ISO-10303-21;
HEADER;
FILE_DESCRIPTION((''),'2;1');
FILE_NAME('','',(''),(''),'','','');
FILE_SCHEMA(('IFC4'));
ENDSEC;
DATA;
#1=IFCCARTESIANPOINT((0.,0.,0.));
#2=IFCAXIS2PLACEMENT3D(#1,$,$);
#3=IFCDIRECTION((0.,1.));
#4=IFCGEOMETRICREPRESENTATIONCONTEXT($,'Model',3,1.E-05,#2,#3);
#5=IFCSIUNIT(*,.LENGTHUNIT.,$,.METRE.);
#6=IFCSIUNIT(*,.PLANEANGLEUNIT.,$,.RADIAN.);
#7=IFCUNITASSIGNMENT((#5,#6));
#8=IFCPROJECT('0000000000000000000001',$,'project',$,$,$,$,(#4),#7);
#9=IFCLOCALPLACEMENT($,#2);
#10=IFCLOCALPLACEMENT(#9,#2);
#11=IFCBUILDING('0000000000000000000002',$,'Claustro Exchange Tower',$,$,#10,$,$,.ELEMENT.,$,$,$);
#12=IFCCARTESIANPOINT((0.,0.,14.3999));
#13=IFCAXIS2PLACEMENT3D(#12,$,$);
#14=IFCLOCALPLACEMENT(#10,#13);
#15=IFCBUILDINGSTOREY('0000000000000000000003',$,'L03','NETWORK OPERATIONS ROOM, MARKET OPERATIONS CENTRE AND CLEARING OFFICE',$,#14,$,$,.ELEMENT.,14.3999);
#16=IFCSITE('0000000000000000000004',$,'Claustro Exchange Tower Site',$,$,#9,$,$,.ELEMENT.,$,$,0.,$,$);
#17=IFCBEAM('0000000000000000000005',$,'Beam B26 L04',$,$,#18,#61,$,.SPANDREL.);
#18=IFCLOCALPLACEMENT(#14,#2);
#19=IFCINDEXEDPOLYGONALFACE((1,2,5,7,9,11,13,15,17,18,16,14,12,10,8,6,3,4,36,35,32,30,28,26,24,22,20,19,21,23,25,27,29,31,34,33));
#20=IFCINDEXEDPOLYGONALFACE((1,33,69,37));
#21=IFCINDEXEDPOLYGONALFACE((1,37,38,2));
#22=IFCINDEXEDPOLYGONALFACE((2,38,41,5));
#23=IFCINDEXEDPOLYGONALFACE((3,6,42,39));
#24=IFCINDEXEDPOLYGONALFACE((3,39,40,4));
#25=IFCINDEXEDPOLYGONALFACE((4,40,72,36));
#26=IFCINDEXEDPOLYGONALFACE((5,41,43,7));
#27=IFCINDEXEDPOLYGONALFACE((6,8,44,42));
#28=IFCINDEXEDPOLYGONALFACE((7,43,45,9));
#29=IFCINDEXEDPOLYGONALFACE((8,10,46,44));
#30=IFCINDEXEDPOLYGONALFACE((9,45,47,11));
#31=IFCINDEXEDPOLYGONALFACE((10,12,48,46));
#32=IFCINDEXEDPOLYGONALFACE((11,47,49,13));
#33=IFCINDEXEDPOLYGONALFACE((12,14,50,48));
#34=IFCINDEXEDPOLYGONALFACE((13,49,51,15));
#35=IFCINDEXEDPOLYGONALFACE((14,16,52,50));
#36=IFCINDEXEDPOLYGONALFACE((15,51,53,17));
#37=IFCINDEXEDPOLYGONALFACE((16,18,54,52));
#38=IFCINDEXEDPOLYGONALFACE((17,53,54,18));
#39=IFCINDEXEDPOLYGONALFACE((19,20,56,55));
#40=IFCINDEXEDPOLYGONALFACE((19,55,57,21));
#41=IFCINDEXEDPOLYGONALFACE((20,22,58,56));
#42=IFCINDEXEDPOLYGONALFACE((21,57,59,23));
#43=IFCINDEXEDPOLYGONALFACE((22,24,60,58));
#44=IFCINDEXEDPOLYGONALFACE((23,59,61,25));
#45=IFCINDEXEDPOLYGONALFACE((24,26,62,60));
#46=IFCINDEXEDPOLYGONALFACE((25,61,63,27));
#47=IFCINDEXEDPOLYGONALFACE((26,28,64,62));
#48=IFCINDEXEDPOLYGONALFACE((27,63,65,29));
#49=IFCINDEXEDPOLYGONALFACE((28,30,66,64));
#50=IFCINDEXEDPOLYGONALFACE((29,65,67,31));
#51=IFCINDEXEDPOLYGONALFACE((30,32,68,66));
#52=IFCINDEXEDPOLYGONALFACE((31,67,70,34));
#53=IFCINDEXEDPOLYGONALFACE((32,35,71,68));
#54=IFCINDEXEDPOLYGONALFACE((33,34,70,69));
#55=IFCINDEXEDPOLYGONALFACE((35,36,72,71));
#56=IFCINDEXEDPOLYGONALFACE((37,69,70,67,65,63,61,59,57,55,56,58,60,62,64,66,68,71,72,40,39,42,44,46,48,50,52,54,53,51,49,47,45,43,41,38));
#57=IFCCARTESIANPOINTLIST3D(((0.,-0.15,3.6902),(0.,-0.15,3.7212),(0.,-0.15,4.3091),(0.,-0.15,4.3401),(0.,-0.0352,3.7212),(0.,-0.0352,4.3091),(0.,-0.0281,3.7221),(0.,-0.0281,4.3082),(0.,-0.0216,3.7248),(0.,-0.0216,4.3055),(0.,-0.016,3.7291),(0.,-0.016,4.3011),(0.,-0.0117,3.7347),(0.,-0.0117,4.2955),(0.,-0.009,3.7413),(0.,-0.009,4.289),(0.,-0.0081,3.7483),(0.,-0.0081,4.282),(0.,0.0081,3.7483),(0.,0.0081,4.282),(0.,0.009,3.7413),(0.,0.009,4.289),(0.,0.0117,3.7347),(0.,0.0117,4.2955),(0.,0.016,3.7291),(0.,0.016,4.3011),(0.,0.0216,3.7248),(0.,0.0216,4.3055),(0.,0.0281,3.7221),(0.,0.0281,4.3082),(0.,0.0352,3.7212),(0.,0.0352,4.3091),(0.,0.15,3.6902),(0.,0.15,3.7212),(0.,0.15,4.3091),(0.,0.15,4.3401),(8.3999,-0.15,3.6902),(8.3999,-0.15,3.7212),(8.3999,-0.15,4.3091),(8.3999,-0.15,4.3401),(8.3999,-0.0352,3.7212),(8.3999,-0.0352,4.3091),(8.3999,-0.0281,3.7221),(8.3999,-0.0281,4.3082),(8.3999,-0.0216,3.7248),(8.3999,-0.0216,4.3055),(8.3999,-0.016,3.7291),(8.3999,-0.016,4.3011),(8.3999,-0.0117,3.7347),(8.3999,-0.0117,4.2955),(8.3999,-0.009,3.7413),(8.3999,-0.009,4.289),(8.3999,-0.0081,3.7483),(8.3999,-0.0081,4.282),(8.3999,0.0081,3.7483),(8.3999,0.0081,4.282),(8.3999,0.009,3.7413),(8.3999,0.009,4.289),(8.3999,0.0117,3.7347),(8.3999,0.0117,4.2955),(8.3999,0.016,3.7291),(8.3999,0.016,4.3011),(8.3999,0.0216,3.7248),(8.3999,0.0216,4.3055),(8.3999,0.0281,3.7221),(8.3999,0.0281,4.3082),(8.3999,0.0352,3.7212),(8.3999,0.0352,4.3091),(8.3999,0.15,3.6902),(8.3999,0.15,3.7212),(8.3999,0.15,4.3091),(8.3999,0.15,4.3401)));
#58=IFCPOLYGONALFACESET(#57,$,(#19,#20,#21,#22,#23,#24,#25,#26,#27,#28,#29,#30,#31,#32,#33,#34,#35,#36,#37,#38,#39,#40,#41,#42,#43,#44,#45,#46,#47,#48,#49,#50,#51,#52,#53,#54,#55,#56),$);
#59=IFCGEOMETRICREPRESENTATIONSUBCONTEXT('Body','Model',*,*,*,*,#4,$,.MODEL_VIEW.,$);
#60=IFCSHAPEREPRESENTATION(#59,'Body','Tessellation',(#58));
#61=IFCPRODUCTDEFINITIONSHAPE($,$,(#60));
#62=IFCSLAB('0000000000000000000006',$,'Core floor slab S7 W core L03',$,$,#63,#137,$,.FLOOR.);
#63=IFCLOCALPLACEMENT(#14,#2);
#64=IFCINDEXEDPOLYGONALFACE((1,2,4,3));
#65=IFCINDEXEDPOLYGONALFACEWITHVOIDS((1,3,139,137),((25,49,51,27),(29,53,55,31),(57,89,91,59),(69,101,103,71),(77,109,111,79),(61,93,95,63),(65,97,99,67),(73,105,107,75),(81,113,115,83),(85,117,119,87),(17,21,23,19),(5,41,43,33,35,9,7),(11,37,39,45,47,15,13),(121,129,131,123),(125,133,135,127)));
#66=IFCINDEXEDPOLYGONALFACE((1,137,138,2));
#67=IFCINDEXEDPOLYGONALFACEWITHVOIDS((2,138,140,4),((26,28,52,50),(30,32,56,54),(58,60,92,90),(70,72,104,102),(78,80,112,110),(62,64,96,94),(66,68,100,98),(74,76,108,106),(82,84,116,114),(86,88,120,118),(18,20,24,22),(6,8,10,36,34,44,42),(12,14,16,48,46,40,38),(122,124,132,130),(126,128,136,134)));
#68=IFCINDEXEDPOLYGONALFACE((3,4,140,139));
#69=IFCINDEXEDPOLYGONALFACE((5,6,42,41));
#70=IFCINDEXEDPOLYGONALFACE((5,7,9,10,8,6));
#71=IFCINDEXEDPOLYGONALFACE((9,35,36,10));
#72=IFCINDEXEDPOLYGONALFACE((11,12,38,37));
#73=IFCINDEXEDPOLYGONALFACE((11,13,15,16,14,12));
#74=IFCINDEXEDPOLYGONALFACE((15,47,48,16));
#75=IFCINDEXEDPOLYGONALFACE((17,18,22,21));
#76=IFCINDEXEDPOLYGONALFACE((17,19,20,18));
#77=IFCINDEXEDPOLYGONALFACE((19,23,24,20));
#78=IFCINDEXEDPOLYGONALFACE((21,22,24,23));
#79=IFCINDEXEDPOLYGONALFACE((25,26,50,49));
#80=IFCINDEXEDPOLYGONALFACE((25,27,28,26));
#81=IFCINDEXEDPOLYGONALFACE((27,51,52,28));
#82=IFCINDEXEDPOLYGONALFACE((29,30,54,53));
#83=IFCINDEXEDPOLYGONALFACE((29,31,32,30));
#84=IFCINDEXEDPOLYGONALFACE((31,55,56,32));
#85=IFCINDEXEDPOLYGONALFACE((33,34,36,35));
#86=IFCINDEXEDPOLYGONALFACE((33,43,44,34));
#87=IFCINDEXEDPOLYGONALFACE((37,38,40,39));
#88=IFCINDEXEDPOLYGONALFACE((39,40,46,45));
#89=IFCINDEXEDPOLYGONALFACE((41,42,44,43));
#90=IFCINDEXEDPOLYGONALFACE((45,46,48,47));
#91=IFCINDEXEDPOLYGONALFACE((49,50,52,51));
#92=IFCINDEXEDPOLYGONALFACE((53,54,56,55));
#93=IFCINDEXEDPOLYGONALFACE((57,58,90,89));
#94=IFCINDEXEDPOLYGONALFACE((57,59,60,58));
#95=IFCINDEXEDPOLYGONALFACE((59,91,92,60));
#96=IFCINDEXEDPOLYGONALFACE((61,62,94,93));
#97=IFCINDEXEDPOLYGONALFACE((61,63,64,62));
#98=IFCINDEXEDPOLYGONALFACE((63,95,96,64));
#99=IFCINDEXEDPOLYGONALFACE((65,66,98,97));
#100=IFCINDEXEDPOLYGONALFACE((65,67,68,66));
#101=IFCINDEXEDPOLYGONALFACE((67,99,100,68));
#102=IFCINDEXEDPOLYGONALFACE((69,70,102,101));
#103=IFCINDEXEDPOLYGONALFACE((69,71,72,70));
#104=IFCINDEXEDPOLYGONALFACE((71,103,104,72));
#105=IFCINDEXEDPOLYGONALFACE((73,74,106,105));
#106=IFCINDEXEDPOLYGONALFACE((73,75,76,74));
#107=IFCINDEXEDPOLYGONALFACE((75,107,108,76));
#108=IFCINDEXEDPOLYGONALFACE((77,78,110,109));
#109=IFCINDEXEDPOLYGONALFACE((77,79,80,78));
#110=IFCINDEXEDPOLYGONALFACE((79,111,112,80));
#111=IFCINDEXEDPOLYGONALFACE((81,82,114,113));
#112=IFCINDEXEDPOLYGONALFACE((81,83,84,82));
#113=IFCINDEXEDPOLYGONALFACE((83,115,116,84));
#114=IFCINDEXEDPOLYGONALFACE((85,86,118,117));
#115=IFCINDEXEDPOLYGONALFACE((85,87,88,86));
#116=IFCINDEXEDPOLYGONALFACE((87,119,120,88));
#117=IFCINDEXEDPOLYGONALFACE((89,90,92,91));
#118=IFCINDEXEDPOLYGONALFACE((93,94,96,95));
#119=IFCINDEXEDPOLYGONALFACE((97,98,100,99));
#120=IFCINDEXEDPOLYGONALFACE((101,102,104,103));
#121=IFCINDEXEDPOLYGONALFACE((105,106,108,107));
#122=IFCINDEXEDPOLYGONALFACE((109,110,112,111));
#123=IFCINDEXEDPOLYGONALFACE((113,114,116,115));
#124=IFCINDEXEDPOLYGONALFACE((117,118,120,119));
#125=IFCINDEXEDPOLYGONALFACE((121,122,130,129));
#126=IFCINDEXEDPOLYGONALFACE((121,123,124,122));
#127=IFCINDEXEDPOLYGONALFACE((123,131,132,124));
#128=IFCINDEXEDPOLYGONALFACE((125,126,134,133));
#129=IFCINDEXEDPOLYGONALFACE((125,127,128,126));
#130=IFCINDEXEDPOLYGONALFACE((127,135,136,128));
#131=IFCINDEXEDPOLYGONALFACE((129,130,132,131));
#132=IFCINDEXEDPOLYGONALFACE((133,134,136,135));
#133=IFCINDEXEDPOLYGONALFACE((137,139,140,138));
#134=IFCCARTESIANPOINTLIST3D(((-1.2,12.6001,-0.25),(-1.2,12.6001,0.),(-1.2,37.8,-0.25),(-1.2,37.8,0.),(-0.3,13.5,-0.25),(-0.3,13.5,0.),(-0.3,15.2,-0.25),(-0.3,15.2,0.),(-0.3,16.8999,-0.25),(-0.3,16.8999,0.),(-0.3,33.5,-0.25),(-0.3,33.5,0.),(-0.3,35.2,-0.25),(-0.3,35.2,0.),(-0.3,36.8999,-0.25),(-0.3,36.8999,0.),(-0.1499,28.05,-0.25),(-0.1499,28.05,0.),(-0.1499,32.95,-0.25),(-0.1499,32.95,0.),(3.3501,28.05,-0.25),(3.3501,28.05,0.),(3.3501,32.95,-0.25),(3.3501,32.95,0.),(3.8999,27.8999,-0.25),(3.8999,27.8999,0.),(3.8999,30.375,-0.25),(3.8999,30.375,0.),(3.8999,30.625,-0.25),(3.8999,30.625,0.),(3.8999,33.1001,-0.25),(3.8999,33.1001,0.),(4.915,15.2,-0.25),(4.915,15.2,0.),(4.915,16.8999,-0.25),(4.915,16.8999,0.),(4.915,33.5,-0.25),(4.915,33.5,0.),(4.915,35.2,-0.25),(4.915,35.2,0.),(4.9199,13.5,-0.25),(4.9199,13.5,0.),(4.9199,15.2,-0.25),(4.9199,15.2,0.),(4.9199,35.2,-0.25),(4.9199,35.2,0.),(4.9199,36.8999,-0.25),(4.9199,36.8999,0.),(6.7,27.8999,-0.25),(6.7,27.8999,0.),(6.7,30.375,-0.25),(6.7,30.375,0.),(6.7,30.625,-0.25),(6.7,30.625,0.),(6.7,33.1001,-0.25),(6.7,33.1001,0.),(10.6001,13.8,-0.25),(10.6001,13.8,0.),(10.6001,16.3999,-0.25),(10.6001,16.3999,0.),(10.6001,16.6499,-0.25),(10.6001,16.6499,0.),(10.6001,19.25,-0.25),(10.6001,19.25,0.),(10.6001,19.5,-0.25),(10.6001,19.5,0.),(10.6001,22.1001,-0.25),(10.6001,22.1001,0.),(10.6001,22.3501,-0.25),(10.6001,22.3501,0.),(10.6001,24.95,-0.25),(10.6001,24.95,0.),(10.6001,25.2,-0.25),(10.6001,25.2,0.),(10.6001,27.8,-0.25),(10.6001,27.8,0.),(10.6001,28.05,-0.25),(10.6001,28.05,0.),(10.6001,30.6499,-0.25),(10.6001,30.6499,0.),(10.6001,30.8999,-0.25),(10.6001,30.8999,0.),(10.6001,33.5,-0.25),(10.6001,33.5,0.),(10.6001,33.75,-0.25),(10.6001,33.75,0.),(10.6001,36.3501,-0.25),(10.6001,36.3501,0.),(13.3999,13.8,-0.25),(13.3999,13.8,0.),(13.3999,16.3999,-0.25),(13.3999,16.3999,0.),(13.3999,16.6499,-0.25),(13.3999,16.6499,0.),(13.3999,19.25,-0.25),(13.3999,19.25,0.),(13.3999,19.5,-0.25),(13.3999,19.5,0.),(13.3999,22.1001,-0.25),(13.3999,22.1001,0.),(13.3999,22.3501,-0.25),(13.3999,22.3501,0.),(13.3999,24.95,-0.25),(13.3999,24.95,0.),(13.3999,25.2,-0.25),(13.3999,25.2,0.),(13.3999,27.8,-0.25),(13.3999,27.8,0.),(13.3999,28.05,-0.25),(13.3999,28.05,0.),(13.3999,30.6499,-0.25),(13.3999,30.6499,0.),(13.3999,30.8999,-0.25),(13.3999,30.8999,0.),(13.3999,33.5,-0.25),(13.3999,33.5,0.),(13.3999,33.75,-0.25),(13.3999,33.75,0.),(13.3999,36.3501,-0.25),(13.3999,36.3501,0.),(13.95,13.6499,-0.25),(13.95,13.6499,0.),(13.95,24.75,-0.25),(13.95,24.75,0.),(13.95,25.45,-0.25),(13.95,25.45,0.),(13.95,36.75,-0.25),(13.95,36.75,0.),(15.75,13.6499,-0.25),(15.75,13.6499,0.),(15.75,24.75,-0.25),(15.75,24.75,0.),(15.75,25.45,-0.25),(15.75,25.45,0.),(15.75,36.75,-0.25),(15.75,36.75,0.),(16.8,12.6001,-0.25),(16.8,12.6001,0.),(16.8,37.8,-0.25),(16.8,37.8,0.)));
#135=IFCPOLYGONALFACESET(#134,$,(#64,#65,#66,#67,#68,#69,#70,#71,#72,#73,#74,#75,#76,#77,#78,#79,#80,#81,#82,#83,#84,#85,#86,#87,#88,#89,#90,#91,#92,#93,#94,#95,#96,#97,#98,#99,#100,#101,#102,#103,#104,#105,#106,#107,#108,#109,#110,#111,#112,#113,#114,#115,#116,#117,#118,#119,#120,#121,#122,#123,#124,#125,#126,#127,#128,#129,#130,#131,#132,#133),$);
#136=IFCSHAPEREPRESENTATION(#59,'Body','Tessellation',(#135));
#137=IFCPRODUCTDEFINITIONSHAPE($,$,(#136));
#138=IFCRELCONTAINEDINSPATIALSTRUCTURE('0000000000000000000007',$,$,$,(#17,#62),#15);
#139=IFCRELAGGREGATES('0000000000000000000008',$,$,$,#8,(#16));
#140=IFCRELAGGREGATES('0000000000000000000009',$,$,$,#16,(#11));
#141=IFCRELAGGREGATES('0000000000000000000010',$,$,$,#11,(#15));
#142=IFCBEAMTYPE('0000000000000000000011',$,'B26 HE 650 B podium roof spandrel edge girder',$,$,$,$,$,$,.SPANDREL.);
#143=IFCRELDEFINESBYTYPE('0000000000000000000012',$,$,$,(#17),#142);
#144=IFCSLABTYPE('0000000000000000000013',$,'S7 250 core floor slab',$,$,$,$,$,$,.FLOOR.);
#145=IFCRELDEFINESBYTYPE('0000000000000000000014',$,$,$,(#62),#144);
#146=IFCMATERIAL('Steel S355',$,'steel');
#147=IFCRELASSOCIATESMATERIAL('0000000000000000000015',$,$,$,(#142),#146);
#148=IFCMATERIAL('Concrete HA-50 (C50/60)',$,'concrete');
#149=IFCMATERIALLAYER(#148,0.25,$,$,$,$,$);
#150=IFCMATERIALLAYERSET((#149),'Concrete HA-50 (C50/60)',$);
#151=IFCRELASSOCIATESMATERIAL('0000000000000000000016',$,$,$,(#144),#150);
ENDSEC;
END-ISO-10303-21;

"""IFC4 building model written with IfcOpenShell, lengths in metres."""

from ifc_helpers import new_model, si_unit, direction, frame, origin, origin_2d, place, context, subcontext, project, spatial, polyline, i_section, outline, extrude, material, layer, layer_set, material_profile, profile_set, type_object, element, save


model = new_model("IFC4")

# Units and contexts
model_context = context("Model", 3, precision=1e-05, world=origin(), true_north=direction((0.0, 1.0)))
body_context = subcontext(model_context, "Body", "Model", "MODEL_VIEW")
ifc_project = project(units=[si_unit("LENGTHUNIT", "METRE"), si_unit("PLANEANGLEUNIT", "RADIAN")], contexts=[model_context])

# Site, building, storey
site_placement = place(None, origin())
site = spatial("IfcSite", under=ifc_project, at=site_placement, Name="Claustro Exchange Tower Site", CompositionType="ELEMENT", RefElevation=0.0)
building_placement = place(site_placement, origin())
building = spatial("IfcBuilding", under=site, at=building_placement, Name="Claustro Exchange Tower", CompositionType="ELEMENT")
storey_placement = place(building_placement, frame((0.0, 0.0, 14.3999)))
storey = spatial("IfcBuildingStorey", under=building, at=storey_placement, Name="L03", Description="NETWORK OPERATIONS ROOM, MARKET OPERATIONS CENTRE AND CLEARING OFFICE", CompositionType="ELEMENT", Elevation=14.3999)

# Beam
ifc_material_1 = material(Name="Steel S355", Category="steel")
ifc_material_profile_1 = material_profile(ifc_material_1, i_section(OverallWidth=0.3, OverallDepth=0.6499, WebThickness=0.0161, FlangeThickness=0.031, FilletRadius=0.0271, at=origin_2d()), Name="HE 650 B")
ifc_profile_set_1 = profile_set([ifc_material_profile_1], Name="Steel S355")
beam_type_1 = type_object("IfcBeamType", Name="B26 HE 650 B podium roof spandrel edge girder", PredefinedType="SPANDREL", material=ifc_profile_set_1)
for number, where, z_axis, x_axis, name in (
    (1, (0.0, 0.0, 4.0151), (1.0, 0.0, 0.0), (0.0, 1.0, 0.0), "Beam B26 L04"),
):
    element("IfcBeam", number, at=place(storey_placement, frame(where, z_axis=z_axis, x_axis=x_axis)), inside=storey, type_object=beam_type_1, Name=name, PredefinedType="SPANDREL", context=body_context, shape_type="SweptSolid", body=[
        extrude(i_section(OverallWidth=0.3, OverallDepth=0.6499, WebThickness=0.0161, FlangeThickness=0.031, FilletRadius=0.0271, at=origin_2d()), origin(), (0.0, 0.0, 1.0), 8.3999),
    ])

# Slab
ifc_material_2 = material(Name="Concrete HA-50 (C50/60)", Category="concrete")
ifc_layer_1 = layer(ifc_material_2, 0.25)
ifc_layer_set_1 = layer_set([ifc_layer_1], Name="Concrete HA-50 (C50/60)")
slab_type_1 = type_object("IfcSlabType", Name="S7 250 core floor slab", PredefinedType="FLOOR", material=ifc_layer_set_1)
slab_1_placement = place(storey_placement, frame((0.0, 0.0, -0.25)))
element("IfcSlab", 2, at=slab_1_placement, inside=storey, type_object=slab_type_1, Name="Core floor slab S7 W core L03", PredefinedType="FLOOR", context=body_context, shape_type="SweptSolid", body=[
    extrude(outline(polyline([(-1.2, 12.6001), (16.8, 12.6001), (16.8, 37.8), (-1.2, 37.8), (-1.2, 12.6001)]), holes=[polyline([(15.75, 24.75), (15.75, 13.6499), (13.95, 13.6499), (13.95, 24.75), (15.75, 24.75)]), polyline([(15.75, 36.75), (15.75, 25.45), (13.95, 25.45), (13.95, 36.75), (15.75, 36.75)]), polyline([(10.6001, 16.3999), (13.3999, 16.3999), (13.3999, 13.8), (10.6001, 13.8), (10.6001, 16.3999)]), polyline([(13.3999, 19.25), (13.3999, 16.6499), (10.6001, 16.6499), (10.6001, 19.25), (13.3999, 19.25)]), polyline([(13.3999, 22.1001), (13.3999, 19.5), (10.6001, 19.5), (10.6001, 22.1001), (13.3999, 22.1001)]), polyline([(13.3999, 24.95), (13.3999, 22.3501), (10.6001, 22.3501), (10.6001, 24.95), (13.3999, 24.95)]), polyline([(13.3999, 27.8), (13.3999, 25.2), (10.6001, 25.2), (10.6001, 27.8), (13.3999, 27.8)]), polyline([(13.3999, 30.6499), (13.3999, 28.05), (10.6001, 28.05), (10.6001, 30.6499), (13.3999, 30.6499)]), polyline([(13.3999, 33.5), (13.3999, 30.8999), (10.6001, 30.8999), (10.6001, 33.5), (13.3999, 33.5)]), polyline([(13.3999, 36.3501), (13.3999, 33.75), (10.6001, 33.75), (10.6001, 36.3501), (13.3999, 36.3501)]), polyline([(6.7, 30.375), (6.7, 27.8999), (3.8999, 27.8999), (3.8999, 30.375), (6.7, 30.375)]), polyline([(6.7, 33.1001), (6.7, 30.625), (3.8999, 30.625), (3.8999, 33.1001), (6.7, 33.1001)]), polyline([(-0.3, 15.2), (-0.3, 16.8999), (4.915, 16.8999), (4.915, 15.2), (4.9199, 15.2), (4.9199, 13.5), (-0.3, 13.5), (-0.3, 15.2)]), polyline([(-0.3, 36.8999), (4.9199, 36.8999), (4.9199, 35.2), (4.915, 35.2), (4.915, 33.5), (-0.3, 33.5), (-0.3, 35.2), (-0.3, 36.8999)]), polyline([(3.3501, 32.95), (3.3501, 28.05), (-0.1499, 28.05), (-0.1499, 32.95), (3.3501, 32.95)])]), origin(), (0.0, 0.0, 1.0), 0.25),
])

save(model, "model.ifc")
